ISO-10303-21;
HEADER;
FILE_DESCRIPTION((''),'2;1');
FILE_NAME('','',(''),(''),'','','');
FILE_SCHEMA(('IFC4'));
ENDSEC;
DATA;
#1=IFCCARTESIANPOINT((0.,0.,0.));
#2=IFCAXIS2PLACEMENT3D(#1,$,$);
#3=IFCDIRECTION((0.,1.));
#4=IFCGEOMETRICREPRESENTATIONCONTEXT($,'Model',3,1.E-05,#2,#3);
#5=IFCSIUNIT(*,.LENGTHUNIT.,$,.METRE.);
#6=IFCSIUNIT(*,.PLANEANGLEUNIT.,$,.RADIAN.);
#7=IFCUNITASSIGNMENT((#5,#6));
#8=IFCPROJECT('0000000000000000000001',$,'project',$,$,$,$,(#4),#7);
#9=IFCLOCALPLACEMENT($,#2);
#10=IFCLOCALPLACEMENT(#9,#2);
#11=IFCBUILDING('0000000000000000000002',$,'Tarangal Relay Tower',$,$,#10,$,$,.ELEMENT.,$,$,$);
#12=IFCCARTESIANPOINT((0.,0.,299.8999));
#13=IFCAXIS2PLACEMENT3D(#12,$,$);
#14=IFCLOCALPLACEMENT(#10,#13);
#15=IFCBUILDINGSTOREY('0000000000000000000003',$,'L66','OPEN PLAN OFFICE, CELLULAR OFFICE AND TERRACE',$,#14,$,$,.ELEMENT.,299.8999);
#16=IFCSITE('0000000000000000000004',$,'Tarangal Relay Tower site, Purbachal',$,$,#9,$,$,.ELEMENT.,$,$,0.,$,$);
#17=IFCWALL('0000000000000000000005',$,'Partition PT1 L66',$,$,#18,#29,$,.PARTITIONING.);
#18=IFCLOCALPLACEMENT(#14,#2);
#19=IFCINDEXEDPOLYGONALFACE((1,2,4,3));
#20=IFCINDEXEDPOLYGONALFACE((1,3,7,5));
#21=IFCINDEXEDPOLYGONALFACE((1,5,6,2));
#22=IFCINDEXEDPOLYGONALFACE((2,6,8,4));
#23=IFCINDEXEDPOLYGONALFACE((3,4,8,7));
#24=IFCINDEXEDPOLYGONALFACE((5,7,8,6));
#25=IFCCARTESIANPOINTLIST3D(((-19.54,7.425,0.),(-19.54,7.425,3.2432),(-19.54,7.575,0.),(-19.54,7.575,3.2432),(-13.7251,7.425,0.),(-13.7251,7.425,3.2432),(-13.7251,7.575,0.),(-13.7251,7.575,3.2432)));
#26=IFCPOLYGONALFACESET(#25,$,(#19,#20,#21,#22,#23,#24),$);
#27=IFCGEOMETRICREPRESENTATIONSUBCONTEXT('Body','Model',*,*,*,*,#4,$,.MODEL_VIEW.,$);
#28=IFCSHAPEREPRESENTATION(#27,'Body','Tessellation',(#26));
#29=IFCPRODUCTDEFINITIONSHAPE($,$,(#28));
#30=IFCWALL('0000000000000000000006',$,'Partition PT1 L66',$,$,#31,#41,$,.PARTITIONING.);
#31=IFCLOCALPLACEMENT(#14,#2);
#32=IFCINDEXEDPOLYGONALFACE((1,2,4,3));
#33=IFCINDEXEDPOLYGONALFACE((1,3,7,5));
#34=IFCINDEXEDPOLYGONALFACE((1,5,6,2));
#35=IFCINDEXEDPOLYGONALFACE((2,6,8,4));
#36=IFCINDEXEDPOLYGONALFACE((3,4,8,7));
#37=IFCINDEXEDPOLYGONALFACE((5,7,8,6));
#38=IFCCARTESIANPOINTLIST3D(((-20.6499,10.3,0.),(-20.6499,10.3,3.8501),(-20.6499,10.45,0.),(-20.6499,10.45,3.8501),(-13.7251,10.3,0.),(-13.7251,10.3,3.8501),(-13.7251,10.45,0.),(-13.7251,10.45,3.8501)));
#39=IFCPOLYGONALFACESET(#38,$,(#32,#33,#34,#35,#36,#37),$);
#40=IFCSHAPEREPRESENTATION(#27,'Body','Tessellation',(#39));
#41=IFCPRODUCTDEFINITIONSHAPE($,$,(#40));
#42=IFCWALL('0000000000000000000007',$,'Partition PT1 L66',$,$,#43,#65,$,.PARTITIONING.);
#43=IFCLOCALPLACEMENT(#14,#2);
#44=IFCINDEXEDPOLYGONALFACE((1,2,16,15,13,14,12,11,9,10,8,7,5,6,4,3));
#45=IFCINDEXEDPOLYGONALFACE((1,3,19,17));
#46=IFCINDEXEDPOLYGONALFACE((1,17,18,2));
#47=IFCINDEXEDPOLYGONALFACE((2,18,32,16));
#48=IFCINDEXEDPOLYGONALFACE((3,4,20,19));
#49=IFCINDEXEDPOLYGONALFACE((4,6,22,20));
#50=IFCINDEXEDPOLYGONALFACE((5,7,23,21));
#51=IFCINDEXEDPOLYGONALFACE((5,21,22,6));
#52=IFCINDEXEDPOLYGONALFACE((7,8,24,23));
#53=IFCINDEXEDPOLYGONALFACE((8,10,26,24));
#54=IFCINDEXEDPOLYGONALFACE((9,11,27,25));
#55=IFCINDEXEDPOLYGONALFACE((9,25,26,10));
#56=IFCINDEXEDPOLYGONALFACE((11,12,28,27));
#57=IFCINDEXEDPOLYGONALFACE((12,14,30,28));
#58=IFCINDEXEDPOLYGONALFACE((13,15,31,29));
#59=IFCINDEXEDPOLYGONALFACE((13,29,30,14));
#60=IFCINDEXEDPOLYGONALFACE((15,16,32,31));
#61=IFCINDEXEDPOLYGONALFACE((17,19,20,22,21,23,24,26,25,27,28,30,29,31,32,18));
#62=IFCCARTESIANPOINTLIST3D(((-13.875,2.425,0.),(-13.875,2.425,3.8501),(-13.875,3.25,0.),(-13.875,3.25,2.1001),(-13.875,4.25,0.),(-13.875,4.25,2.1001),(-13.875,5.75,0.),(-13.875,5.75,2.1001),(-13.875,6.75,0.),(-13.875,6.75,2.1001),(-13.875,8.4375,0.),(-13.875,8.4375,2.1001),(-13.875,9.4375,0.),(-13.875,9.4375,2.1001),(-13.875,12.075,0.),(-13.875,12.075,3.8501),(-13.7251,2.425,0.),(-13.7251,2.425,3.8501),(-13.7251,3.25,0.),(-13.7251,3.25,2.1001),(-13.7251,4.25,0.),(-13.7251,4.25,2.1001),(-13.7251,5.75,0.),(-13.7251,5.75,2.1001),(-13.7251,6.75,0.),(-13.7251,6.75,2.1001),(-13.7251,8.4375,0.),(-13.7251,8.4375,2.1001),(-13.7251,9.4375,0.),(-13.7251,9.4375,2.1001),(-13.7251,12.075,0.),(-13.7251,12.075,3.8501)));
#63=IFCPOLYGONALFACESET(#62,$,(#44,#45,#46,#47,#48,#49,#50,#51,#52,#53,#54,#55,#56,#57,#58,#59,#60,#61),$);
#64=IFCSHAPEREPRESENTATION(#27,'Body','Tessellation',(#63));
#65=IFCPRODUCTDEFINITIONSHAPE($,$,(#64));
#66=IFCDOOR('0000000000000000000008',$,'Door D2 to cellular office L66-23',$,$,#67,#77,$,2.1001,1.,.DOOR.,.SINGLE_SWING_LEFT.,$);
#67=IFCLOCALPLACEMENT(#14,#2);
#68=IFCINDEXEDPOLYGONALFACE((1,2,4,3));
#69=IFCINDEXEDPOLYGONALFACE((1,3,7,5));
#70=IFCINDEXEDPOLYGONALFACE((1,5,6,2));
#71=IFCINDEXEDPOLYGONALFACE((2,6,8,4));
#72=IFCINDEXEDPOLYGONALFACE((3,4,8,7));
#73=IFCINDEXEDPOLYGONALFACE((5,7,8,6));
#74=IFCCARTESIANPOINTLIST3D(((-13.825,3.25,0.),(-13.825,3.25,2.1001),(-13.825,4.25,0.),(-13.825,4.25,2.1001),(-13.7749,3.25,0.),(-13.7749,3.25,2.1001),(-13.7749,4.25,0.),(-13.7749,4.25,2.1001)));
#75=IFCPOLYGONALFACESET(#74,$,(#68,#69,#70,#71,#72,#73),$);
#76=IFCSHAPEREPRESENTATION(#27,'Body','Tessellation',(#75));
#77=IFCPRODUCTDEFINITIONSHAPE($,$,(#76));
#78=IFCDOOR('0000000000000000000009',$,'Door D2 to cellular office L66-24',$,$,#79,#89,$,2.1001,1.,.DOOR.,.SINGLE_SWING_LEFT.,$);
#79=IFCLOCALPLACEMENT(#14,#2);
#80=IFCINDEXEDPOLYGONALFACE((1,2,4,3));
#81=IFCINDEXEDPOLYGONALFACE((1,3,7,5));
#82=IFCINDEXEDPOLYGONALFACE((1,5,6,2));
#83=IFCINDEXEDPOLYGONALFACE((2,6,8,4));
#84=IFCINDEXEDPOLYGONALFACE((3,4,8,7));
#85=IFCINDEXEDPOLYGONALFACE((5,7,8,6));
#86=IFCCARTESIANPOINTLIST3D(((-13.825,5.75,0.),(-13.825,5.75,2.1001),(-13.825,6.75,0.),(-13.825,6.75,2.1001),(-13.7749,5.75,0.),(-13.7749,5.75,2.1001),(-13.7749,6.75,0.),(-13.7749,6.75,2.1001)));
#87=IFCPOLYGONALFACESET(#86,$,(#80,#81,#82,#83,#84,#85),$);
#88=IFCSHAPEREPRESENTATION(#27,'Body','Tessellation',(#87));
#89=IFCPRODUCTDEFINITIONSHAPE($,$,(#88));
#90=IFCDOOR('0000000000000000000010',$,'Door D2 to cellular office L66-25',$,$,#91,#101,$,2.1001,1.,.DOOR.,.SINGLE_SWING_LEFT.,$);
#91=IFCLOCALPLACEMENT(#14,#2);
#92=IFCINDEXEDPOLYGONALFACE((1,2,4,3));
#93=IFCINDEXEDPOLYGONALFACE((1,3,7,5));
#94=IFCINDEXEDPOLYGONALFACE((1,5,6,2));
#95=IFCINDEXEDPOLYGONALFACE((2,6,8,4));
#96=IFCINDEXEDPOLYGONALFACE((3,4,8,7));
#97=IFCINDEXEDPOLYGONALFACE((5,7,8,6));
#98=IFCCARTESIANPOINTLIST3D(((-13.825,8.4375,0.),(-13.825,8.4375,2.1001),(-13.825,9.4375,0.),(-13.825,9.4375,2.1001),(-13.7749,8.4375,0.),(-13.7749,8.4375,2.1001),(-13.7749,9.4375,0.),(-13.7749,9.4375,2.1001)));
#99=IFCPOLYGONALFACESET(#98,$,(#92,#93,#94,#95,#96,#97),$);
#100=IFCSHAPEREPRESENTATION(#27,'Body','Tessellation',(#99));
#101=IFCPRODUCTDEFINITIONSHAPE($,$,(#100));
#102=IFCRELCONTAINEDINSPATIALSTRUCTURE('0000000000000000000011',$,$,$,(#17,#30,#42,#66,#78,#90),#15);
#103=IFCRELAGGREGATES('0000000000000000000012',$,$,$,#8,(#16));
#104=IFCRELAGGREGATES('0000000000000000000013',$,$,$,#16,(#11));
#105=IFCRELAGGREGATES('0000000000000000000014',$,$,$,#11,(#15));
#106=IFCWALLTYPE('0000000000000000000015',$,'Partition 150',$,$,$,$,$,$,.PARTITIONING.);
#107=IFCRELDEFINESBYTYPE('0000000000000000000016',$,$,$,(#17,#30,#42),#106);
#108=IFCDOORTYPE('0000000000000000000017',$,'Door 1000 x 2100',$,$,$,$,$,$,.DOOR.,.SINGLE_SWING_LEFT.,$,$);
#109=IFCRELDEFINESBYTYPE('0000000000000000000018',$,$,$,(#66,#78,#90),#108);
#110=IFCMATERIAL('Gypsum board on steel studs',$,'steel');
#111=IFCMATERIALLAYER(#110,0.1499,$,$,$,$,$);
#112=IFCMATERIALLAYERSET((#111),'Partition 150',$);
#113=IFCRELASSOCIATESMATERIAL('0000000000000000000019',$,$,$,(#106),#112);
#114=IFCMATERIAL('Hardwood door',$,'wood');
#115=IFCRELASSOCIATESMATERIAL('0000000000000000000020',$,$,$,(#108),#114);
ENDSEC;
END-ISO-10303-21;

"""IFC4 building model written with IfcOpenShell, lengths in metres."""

from ifc_helpers import new_model, si_unit, direction, frame, frame_2d, origin, place, context, subcontext, project, spatial, rectangle, extrude, material, layer, layer_set, type_object, element, fill, save


model = new_model("IFC4")

# Units and contexts
model_context = context("Model", 3, precision=1e-05, world=origin(), true_north=direction((0.0, 1.0)))
body_context = subcontext(model_context, "Body", "Model", "MODEL_VIEW")
ifc_project = project(units=[si_unit("LENGTHUNIT", "METRE"), si_unit("PLANEANGLEUNIT", "RADIAN")], contexts=[model_context])

# Site, building, storey
site_placement = place(None, origin())
site = spatial("IfcSite", under=ifc_project, at=site_placement, Name="Tarangal Relay Tower site, Purbachal", CompositionType="ELEMENT", RefElevation=0.0)
building_placement = place(site_placement, origin())
building = spatial("IfcBuilding", under=site, at=building_placement, Name="Tarangal Relay Tower", CompositionType="ELEMENT")
storey_placement = place(building_placement, frame((0.0, 0.0, 299.8999)))
storey = spatial("IfcBuildingStorey", under=building, at=storey_placement, Name="L66", Description="OPEN PLAN OFFICE, CELLULAR OFFICE AND TERRACE", CompositionType="ELEMENT", Elevation=299.8999)

# Walls
ifc_material_1 = material(Name="Gypsum board on steel studs", Category="steel")
ifc_layer_1 = layer(ifc_material_1, 0.1499)
ifc_layer_set_1 = layer_set([ifc_layer_1], Name="Partition 150")
wall_type_1 = type_object("IfcWallType", Name="Partition 150", PredefinedType="PARTITIONING", material=ifc_layer_set_1)
wall_1_placement = place(storey_placement, frame((-19.54, 7.5, 0.0), z_axis=(0.0, 0.0, 1.0), x_axis=(1.0, 0.0, 0.0)))
element("IfcWall", 1, at=wall_1_placement, inside=storey, type_object=wall_type_1, Name="Partition PT1 L66", PredefinedType="PARTITIONING", context=body_context, shape_type="SweptSolid", body=[
    extrude(rectangle(XDim=5.8149, YDim=0.1499, at=frame_2d((2.9075, 0.0))), origin(), (0.0, 0.0, 1.0), 3.2432),
])
wall_2_placement = place(storey_placement, frame((-20.6499, 10.375, 0.0), z_axis=(0.0, 0.0, 1.0), x_axis=(1.0, 0.0, 0.0)))
element("IfcWall", 2, at=wall_2_placement, inside=storey, type_object=wall_type_1, Name="Partition PT1 L66", PredefinedType="PARTITIONING", context=body_context, shape_type="SweptSolid", body=[
    extrude(rectangle(XDim=6.9248, YDim=0.1499, at=frame_2d((3.4624, 0.0))), origin(), (0.0, 0.0, 1.0), 3.8501),
])

# Wall, openings, doors
wall_3_placement = place(storey_placement, frame((-13.8, 2.425, 0.0), z_axis=(0.0, 0.0, 1.0), x_axis=(0.0, 1.0, 0.0)))
wall_3 = element("IfcWall", 3, at=wall_3_placement, inside=storey, type_object=wall_type_1, Name="Partition PT1 L66", PredefinedType="PARTITIONING", context=body_context, shape_type="SweptSolid", body=[
    extrude(rectangle(XDim=9.6499, YDim=0.1499, at=frame_2d((4.825, 0.0))), origin(), (0.0, 0.0, 1.0), 3.8501),
])
opening_1_placement = place(wall_3_placement, frame((0.825, 0.0, 0.0)))
opening_1 = element("IfcOpeningElement", 4, at=opening_1_placement, cuts=wall_3, PredefinedType="OPENING", context=body_context, shape_type="SweptSolid", body=[
    extrude(rectangle(XDim=1.0, YDim=2.1001, at=frame_2d((0.5, 1.05))), frame((0.0, 0.085, 0.0), z_axis=(0.0, -1.0, 0.0), x_axis=(1.0, 0.0, 0.0)), (0.0, 0.0, 1.0), 0.1699),
])
opening_2_placement = place(wall_3_placement, frame((3.325, 0.0, 0.0)))
opening_2 = element("IfcOpeningElement", 5, at=opening_2_placement, cuts=wall_3, PredefinedType="OPENING", context=body_context, shape_type="SweptSolid", body=[
    extrude(rectangle(XDim=1.0, YDim=2.1001, at=frame_2d((0.5, 1.05))), frame((0.0, 0.085, 0.0), z_axis=(0.0, -1.0, 0.0), x_axis=(1.0, 0.0, 0.0)), (0.0, 0.0, 1.0), 0.1699),
])
opening_3_placement = place(wall_3_placement, frame((6.0125, 0.0, 0.0)))
opening_3 = element("IfcOpeningElement", 6, at=opening_3_placement, cuts=wall_3, PredefinedType="OPENING", context=body_context, shape_type="SweptSolid", body=[
    extrude(rectangle(XDim=1.0, YDim=2.1001, at=frame_2d((0.5, 1.05))), frame((0.0, 0.085, 0.0), z_axis=(0.0, -1.0, 0.0), x_axis=(1.0, 0.0, 0.0)), (0.0, 0.0, 1.0), 0.1699),
])
ifc_material_2 = material(Name="Hardwood door", Category="wood")
door_type_1 = type_object("IfcDoorType", Name="Door 1000 x 2100", OperationType="SINGLE_SWING_LEFT", PredefinedType="DOOR", material=ifc_material_2)
door_1_placement = place(opening_1_placement, origin())
door_1 = element("IfcDoor", 7, at=door_1_placement, inside=storey, type_object=door_type_1, Name="Door D2 to cellular office L66-23", OperationType="SINGLE_SWING_LEFT", OverallHeight=2.1001, OverallWidth=1.0, PredefinedType="DOOR", context=body_context, shape_type="SweptSolid", body=[
    extrude(rectangle(XDim=1.0, YDim=2.1001, at=frame_2d((0.5, 1.05))), frame((0.0, 0.0249, 0.0), z_axis=(0.0, -1.0, 0.0), x_axis=(1.0, 0.0, 0.0)), (0.0, 0.0, 1.0), 0.05),
])
fill(opening_1, door_1)
door_2_placement = place(opening_2_placement, origin())
door_2 = element("IfcDoor", 8, at=door_2_placement, inside=storey, type_object=door_type_1, Name="Door D2 to cellular office L66-24", OperationType="SINGLE_SWING_LEFT", OverallHeight=2.1001, OverallWidth=1.0, PredefinedType="DOOR", context=body_context, shape_type="SweptSolid", body=[
    extrude(rectangle(XDim=1.0, YDim=2.1001, at=frame_2d((0.5, 1.05))), frame((0.0, 0.0249, 0.0), z_axis=(0.0, -1.0, 0.0), x_axis=(1.0, 0.0, 0.0)), (0.0, 0.0, 1.0), 0.05),
])
fill(opening_2, door_2)
door_3_placement = place(opening_3_placement, origin())
door_3 = element("IfcDoor", 9, at=door_3_placement, inside=storey, type_object=door_type_1, Name="Door D2 to cellular office L66-25", OperationType="SINGLE_SWING_LEFT", OverallHeight=2.1001, OverallWidth=1.0, PredefinedType="DOOR", context=body_context, shape_type="SweptSolid", body=[
    extrude(rectangle(XDim=1.0, YDim=2.1001, at=frame_2d((0.5, 1.05))), frame((0.0, 0.0249, 0.0), z_axis=(0.0, -1.0, 0.0), x_axis=(1.0, 0.0, 0.0)), (0.0, 0.0, 1.0), 0.05),
])
fill(opening_3, door_3)

save(model, "model.ifc")
